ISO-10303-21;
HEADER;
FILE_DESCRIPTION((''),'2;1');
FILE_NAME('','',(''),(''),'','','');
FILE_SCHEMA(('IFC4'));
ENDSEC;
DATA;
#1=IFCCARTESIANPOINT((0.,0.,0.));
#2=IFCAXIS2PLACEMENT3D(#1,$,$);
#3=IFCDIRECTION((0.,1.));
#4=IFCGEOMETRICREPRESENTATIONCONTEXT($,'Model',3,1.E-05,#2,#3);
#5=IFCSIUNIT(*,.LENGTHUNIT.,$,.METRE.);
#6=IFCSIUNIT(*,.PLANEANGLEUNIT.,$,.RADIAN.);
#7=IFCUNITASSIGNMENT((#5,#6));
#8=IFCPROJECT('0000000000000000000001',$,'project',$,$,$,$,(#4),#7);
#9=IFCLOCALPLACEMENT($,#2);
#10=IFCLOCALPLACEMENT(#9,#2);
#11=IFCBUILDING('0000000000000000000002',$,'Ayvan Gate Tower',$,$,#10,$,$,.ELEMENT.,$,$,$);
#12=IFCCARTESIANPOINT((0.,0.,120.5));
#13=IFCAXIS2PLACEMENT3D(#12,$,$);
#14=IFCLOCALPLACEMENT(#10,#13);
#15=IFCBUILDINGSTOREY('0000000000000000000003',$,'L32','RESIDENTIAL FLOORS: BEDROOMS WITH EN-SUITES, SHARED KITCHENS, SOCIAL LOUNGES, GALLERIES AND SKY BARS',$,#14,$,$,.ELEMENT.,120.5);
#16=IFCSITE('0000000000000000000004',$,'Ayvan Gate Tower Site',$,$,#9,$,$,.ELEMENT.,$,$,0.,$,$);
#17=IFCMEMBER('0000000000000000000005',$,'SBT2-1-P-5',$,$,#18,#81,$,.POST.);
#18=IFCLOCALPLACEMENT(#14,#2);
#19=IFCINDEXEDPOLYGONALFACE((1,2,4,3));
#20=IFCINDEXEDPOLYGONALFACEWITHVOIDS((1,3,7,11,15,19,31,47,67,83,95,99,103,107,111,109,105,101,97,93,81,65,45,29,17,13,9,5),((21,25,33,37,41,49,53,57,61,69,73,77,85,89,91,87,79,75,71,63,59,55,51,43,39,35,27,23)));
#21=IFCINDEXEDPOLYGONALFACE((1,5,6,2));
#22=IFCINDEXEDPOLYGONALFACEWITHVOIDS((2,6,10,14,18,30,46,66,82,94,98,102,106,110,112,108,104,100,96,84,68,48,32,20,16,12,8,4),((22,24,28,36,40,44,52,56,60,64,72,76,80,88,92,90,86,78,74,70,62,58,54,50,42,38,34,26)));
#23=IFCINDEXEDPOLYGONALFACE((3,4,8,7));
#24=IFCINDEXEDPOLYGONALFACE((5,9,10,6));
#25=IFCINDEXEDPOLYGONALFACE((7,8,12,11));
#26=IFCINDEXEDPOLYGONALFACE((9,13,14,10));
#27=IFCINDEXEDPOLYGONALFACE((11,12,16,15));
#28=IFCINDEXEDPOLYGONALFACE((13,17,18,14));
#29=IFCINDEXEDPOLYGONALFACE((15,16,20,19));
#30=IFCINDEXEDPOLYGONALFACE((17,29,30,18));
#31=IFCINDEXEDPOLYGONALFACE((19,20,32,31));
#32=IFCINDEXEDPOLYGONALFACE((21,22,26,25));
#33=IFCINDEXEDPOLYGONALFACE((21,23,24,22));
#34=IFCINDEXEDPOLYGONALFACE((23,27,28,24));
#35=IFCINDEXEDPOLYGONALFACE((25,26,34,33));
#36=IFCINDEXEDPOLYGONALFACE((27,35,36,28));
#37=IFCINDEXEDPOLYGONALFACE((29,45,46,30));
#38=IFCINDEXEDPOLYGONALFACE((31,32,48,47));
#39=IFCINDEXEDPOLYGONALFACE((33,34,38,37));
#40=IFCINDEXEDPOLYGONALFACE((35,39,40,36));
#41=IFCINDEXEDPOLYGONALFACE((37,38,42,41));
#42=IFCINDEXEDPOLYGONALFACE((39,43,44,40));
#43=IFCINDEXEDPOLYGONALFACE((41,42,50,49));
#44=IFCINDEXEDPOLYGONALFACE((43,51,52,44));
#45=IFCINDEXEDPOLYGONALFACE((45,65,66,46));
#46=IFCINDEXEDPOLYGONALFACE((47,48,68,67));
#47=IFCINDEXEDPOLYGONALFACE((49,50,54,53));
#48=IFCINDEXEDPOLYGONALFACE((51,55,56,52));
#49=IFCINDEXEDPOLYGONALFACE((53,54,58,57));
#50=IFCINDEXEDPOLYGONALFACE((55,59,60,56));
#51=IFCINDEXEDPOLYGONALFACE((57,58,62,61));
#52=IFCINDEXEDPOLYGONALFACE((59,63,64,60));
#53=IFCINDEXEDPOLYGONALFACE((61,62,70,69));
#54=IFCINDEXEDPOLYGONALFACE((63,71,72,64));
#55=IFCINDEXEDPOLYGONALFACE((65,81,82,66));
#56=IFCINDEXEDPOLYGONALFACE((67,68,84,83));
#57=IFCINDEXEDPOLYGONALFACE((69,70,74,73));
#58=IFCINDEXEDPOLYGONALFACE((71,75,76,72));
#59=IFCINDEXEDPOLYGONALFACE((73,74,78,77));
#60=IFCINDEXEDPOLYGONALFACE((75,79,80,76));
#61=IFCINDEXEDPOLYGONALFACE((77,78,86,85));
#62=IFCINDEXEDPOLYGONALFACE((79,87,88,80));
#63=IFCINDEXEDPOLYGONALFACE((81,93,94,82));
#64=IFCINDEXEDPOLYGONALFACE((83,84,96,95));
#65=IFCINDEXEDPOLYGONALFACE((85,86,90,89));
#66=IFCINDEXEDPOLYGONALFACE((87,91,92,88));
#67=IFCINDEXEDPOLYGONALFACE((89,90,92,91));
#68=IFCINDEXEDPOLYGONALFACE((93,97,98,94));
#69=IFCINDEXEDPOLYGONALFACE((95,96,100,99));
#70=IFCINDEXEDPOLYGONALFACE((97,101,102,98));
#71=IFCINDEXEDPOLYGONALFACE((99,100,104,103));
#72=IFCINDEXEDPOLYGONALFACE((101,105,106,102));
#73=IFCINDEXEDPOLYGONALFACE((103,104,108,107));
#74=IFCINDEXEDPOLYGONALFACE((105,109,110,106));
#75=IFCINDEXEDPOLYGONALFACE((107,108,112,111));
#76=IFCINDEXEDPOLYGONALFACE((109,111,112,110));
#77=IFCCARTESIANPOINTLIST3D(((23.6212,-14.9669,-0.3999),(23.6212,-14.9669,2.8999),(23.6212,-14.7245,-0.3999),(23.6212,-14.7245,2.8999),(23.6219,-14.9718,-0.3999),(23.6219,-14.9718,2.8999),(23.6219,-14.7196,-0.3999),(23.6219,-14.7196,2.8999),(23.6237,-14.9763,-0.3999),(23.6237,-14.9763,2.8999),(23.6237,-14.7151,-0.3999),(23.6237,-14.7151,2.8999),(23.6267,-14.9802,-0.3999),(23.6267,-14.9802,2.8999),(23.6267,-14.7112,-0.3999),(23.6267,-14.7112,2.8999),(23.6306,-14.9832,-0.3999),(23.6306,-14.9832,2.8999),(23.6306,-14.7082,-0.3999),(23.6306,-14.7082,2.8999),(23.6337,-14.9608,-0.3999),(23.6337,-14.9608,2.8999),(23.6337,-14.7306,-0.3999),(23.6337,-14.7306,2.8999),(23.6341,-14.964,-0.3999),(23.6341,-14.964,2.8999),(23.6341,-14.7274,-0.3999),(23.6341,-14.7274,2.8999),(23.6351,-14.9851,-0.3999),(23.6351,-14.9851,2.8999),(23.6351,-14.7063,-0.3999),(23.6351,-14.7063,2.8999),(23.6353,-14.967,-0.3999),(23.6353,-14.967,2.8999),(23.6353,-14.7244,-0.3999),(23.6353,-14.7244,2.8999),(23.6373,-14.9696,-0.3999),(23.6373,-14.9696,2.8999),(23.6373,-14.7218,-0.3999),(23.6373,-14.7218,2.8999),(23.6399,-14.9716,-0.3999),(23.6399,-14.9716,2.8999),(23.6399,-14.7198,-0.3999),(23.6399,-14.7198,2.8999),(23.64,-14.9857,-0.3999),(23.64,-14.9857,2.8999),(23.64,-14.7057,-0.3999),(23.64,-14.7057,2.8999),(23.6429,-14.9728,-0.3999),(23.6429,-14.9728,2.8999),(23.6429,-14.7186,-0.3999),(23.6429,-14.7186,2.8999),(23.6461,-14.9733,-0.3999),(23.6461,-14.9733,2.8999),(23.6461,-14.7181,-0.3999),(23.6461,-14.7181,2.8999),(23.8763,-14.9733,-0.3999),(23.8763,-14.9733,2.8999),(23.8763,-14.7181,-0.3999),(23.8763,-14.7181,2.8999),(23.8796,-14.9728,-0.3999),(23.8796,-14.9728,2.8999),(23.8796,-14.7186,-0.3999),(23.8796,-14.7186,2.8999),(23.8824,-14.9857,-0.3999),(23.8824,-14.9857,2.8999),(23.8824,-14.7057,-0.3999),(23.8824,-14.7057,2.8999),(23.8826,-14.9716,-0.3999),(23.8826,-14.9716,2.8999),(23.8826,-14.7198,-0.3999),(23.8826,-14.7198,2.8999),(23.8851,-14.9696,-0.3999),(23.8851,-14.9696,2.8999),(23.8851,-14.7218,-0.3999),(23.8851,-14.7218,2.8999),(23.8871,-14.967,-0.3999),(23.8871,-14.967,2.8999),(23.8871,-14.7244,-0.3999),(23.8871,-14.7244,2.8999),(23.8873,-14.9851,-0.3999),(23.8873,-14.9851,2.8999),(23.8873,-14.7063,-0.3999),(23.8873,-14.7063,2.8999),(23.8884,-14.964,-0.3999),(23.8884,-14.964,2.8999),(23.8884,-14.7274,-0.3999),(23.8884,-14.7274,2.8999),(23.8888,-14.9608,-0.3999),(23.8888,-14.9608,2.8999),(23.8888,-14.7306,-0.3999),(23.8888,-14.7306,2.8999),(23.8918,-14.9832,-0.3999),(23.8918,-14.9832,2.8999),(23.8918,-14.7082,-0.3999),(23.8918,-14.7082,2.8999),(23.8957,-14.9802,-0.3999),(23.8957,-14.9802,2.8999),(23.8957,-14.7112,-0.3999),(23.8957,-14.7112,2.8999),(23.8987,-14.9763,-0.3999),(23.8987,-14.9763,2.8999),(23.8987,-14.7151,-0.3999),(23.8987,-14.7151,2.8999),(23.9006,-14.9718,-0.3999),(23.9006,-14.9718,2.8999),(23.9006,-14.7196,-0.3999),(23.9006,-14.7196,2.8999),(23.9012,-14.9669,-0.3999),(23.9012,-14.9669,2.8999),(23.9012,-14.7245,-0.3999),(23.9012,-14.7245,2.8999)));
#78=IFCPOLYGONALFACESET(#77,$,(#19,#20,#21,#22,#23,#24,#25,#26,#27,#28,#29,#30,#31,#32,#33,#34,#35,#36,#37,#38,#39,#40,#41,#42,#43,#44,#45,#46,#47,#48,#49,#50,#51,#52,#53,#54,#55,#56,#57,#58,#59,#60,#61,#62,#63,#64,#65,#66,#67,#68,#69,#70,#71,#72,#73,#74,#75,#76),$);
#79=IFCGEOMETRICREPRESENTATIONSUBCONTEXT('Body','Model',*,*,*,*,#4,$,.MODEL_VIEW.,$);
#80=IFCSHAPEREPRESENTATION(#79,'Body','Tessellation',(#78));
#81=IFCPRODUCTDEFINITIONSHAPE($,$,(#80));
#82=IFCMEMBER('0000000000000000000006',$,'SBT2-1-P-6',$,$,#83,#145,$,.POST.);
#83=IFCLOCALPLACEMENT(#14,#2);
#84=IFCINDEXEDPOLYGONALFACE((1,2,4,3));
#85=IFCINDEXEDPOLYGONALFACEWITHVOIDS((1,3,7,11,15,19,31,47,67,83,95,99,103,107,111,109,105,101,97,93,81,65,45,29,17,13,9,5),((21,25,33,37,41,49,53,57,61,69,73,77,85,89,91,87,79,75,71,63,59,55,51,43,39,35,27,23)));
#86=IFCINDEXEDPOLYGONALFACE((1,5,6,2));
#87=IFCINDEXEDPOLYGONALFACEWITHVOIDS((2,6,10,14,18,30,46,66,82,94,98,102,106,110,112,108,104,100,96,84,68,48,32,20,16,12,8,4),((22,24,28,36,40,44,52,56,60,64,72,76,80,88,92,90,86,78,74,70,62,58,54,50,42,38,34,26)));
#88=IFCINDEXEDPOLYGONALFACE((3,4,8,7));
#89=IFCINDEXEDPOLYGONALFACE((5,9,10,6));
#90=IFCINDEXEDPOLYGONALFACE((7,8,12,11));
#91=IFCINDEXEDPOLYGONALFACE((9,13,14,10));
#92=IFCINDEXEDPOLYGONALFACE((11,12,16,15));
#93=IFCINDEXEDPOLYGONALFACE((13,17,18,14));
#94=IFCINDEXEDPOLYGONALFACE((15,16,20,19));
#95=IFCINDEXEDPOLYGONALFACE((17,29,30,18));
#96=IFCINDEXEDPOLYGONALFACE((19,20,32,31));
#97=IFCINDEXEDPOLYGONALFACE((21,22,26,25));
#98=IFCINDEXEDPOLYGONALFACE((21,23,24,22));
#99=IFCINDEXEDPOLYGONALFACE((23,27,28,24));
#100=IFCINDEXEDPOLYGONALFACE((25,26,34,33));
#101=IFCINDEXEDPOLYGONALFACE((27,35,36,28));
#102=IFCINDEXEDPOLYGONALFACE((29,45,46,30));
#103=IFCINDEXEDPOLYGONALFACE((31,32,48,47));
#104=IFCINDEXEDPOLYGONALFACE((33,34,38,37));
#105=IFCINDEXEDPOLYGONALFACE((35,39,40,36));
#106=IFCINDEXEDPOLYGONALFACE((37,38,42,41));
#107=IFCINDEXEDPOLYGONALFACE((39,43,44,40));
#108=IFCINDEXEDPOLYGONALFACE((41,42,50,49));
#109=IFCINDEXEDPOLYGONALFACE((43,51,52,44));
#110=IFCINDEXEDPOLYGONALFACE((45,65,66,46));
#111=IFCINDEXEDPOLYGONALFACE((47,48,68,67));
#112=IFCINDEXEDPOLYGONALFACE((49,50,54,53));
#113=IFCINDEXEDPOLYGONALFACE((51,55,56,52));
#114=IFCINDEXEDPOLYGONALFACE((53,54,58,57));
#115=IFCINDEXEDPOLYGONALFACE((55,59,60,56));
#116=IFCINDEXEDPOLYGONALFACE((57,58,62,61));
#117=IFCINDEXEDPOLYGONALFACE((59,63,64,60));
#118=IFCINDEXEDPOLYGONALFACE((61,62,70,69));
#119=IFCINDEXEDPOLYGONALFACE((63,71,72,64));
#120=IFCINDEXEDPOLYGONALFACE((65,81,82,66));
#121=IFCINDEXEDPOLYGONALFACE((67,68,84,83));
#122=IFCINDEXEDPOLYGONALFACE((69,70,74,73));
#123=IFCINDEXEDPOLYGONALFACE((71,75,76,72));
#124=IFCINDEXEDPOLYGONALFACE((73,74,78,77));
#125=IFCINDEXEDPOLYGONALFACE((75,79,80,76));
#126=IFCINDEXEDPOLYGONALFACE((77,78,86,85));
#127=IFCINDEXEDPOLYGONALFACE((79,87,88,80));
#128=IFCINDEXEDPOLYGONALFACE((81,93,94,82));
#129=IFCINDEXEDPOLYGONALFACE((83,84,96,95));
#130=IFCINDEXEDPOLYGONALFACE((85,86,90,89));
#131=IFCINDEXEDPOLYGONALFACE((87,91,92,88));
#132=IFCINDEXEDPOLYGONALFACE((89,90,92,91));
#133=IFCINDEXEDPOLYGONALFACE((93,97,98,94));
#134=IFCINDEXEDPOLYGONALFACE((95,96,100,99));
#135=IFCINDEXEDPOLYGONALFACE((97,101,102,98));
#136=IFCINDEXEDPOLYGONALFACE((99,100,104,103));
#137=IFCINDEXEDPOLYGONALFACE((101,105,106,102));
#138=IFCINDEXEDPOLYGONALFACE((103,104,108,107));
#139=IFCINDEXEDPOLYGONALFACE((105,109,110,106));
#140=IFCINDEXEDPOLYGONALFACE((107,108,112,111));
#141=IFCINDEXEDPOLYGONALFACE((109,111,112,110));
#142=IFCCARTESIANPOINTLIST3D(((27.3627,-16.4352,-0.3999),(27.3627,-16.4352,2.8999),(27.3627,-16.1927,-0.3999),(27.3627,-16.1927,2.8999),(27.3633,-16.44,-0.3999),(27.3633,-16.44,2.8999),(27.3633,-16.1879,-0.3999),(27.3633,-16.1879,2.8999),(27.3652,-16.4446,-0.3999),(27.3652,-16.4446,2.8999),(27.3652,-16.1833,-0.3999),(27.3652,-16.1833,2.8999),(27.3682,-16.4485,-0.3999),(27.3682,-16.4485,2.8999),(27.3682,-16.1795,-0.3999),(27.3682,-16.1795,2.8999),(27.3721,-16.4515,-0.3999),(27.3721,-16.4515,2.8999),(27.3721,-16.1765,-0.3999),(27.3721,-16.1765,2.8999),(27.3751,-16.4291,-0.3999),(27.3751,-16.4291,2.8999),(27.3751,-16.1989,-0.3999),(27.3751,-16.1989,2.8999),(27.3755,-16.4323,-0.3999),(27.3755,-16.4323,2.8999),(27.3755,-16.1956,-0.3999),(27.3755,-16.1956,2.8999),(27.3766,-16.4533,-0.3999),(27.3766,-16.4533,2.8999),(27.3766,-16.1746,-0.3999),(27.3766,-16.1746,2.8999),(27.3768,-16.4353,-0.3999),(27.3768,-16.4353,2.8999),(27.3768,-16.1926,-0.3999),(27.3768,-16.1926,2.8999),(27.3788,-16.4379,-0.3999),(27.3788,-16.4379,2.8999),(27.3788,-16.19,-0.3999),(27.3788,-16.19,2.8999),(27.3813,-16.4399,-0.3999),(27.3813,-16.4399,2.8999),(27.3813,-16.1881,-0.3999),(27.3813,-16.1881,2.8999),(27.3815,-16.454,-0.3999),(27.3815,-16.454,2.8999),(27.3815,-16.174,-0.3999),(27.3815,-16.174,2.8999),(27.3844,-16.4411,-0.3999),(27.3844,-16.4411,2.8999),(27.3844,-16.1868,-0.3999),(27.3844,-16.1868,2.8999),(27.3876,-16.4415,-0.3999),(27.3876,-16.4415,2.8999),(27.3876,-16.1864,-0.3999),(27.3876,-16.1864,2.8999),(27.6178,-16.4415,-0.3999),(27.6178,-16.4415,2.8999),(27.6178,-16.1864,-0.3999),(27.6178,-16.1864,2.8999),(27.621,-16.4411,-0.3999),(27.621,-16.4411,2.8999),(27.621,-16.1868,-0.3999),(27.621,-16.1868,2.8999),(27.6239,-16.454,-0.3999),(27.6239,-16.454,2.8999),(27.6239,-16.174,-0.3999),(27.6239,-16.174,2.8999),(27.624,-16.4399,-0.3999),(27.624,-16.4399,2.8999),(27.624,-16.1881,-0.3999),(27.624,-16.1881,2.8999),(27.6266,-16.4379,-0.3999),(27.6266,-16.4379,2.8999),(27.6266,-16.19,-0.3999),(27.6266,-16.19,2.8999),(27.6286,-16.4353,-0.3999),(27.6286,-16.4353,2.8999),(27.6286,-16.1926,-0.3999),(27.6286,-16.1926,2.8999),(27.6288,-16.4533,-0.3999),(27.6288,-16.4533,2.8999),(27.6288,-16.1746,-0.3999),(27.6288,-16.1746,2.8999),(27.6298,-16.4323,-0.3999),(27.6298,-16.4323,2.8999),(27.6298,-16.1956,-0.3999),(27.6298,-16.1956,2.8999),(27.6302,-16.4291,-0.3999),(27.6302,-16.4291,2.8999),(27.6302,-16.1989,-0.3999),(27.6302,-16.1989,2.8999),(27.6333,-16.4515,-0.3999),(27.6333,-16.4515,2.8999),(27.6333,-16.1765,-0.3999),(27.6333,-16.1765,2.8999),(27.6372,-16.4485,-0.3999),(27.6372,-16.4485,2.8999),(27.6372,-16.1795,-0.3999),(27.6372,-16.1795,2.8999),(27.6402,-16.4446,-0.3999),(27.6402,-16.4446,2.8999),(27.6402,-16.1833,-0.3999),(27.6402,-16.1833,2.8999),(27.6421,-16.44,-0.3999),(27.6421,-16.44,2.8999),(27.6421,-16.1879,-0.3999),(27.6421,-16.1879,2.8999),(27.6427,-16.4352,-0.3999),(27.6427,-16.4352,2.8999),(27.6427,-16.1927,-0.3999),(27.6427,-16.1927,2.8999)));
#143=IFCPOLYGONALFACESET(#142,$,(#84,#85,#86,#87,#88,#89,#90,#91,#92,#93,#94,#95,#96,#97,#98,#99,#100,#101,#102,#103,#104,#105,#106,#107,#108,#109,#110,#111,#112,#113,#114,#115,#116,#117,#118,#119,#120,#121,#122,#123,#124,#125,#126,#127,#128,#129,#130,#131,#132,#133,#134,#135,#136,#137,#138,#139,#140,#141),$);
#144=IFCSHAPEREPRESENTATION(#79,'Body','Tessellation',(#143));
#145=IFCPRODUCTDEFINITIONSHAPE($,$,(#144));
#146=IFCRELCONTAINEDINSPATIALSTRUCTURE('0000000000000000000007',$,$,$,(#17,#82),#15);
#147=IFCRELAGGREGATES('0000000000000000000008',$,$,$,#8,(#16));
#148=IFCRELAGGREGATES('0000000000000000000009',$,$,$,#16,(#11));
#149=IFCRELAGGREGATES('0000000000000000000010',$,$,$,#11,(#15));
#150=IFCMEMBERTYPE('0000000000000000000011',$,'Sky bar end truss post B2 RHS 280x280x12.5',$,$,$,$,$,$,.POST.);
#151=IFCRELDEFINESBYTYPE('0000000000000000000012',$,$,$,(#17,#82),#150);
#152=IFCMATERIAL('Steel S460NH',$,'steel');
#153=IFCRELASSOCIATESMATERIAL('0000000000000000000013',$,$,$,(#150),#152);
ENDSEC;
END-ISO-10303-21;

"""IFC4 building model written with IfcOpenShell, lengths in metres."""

from ifc_helpers import new_model, si_unit, direction, frame, origin, origin_2d, place, context, subcontext, project, spatial, hollow_rectangle, extrude, material, material_profile, profile_set, type_object, element, save


model = new_model("IFC4")

# Units and contexts
model_context = context("Model", 3, precision=1e-05, world=origin(), true_north=direction((0.0, 1.0)))
body_context = subcontext(model_context, "Body", "Model", "MODEL_VIEW")
ifc_project = project(units=[si_unit("LENGTHUNIT", "METRE"), si_unit("PLANEANGLEUNIT", "RADIAN")], contexts=[model_context])

# Site, building, storey
site_placement = place(None, origin())
site = spatial("IfcSite", under=ifc_project, at=site_placement, Name="Ayvan Gate Tower Site", CompositionType="ELEMENT", RefElevation=0.0)
building_placement = place(site_placement, origin())
building = spatial("IfcBuilding", under=site, at=building_placement, Name="Ayvan Gate Tower", CompositionType="ELEMENT")
storey_placement = place(building_placement, frame((0.0, 0.0, 120.5)))
storey = spatial("IfcBuildingStorey", under=building, at=storey_placement, Name="L32", Description="RESIDENTIAL FLOORS: BEDROOMS WITH EN-SUITES, SHARED KITCHENS, SOCIAL LOUNGES, GALLERIES AND SKY BARS", CompositionType="ELEMENT", Elevation=120.5)

# Members
ifc_material_1 = material(Name="Steel S460NH", Category="steel")
ifc_material_profile_1 = material_profile(ifc_material_1, hollow_rectangle(XDim=0.28, YDim=0.28, WallThickness=0.0125, InnerFilletRadius=0.0125, OuterFilletRadius=0.0188, at=origin_2d()), Name="RHS 280x280x12.5")
ifc_profile_set_1 = profile_set([ifc_material_profile_1], Name="Steel S460NH")
member_type_1 = type_object("IfcMemberType", Name="Sky bar end truss post B2 RHS 280x280x12.5", PredefinedType="POST", material=ifc_profile_set_1)
for number, where, z_axis, x_axis, name in (
    (1, (23.7612, -14.8457, -0.3999), (0.0, 0.0, 1.0), (1.0, 0.0, 0.0), "SBT2-1-P-5"),
    (2, (27.5027, -16.314, -0.3999), (0.0, 0.0, 1.0), (1.0, 0.0, 0.0), "SBT2-1-P-6"),
):
    element("IfcMember", number, at=place(storey_placement, frame(where, z_axis=z_axis, x_axis=x_axis)), inside=storey, type_object=member_type_1, Name=name, PredefinedType="POST", context=body_context, shape_type="SweptSolid", body=[
        extrude(hollow_rectangle(XDim=0.28, YDim=0.28, WallThickness=0.0125, InnerFilletRadius=0.0125, OuterFilletRadius=0.0188, at=origin_2d()), origin(), (0.0, 0.0, 1.0), 3.2998),
    ])

save(model, "model.ifc")
